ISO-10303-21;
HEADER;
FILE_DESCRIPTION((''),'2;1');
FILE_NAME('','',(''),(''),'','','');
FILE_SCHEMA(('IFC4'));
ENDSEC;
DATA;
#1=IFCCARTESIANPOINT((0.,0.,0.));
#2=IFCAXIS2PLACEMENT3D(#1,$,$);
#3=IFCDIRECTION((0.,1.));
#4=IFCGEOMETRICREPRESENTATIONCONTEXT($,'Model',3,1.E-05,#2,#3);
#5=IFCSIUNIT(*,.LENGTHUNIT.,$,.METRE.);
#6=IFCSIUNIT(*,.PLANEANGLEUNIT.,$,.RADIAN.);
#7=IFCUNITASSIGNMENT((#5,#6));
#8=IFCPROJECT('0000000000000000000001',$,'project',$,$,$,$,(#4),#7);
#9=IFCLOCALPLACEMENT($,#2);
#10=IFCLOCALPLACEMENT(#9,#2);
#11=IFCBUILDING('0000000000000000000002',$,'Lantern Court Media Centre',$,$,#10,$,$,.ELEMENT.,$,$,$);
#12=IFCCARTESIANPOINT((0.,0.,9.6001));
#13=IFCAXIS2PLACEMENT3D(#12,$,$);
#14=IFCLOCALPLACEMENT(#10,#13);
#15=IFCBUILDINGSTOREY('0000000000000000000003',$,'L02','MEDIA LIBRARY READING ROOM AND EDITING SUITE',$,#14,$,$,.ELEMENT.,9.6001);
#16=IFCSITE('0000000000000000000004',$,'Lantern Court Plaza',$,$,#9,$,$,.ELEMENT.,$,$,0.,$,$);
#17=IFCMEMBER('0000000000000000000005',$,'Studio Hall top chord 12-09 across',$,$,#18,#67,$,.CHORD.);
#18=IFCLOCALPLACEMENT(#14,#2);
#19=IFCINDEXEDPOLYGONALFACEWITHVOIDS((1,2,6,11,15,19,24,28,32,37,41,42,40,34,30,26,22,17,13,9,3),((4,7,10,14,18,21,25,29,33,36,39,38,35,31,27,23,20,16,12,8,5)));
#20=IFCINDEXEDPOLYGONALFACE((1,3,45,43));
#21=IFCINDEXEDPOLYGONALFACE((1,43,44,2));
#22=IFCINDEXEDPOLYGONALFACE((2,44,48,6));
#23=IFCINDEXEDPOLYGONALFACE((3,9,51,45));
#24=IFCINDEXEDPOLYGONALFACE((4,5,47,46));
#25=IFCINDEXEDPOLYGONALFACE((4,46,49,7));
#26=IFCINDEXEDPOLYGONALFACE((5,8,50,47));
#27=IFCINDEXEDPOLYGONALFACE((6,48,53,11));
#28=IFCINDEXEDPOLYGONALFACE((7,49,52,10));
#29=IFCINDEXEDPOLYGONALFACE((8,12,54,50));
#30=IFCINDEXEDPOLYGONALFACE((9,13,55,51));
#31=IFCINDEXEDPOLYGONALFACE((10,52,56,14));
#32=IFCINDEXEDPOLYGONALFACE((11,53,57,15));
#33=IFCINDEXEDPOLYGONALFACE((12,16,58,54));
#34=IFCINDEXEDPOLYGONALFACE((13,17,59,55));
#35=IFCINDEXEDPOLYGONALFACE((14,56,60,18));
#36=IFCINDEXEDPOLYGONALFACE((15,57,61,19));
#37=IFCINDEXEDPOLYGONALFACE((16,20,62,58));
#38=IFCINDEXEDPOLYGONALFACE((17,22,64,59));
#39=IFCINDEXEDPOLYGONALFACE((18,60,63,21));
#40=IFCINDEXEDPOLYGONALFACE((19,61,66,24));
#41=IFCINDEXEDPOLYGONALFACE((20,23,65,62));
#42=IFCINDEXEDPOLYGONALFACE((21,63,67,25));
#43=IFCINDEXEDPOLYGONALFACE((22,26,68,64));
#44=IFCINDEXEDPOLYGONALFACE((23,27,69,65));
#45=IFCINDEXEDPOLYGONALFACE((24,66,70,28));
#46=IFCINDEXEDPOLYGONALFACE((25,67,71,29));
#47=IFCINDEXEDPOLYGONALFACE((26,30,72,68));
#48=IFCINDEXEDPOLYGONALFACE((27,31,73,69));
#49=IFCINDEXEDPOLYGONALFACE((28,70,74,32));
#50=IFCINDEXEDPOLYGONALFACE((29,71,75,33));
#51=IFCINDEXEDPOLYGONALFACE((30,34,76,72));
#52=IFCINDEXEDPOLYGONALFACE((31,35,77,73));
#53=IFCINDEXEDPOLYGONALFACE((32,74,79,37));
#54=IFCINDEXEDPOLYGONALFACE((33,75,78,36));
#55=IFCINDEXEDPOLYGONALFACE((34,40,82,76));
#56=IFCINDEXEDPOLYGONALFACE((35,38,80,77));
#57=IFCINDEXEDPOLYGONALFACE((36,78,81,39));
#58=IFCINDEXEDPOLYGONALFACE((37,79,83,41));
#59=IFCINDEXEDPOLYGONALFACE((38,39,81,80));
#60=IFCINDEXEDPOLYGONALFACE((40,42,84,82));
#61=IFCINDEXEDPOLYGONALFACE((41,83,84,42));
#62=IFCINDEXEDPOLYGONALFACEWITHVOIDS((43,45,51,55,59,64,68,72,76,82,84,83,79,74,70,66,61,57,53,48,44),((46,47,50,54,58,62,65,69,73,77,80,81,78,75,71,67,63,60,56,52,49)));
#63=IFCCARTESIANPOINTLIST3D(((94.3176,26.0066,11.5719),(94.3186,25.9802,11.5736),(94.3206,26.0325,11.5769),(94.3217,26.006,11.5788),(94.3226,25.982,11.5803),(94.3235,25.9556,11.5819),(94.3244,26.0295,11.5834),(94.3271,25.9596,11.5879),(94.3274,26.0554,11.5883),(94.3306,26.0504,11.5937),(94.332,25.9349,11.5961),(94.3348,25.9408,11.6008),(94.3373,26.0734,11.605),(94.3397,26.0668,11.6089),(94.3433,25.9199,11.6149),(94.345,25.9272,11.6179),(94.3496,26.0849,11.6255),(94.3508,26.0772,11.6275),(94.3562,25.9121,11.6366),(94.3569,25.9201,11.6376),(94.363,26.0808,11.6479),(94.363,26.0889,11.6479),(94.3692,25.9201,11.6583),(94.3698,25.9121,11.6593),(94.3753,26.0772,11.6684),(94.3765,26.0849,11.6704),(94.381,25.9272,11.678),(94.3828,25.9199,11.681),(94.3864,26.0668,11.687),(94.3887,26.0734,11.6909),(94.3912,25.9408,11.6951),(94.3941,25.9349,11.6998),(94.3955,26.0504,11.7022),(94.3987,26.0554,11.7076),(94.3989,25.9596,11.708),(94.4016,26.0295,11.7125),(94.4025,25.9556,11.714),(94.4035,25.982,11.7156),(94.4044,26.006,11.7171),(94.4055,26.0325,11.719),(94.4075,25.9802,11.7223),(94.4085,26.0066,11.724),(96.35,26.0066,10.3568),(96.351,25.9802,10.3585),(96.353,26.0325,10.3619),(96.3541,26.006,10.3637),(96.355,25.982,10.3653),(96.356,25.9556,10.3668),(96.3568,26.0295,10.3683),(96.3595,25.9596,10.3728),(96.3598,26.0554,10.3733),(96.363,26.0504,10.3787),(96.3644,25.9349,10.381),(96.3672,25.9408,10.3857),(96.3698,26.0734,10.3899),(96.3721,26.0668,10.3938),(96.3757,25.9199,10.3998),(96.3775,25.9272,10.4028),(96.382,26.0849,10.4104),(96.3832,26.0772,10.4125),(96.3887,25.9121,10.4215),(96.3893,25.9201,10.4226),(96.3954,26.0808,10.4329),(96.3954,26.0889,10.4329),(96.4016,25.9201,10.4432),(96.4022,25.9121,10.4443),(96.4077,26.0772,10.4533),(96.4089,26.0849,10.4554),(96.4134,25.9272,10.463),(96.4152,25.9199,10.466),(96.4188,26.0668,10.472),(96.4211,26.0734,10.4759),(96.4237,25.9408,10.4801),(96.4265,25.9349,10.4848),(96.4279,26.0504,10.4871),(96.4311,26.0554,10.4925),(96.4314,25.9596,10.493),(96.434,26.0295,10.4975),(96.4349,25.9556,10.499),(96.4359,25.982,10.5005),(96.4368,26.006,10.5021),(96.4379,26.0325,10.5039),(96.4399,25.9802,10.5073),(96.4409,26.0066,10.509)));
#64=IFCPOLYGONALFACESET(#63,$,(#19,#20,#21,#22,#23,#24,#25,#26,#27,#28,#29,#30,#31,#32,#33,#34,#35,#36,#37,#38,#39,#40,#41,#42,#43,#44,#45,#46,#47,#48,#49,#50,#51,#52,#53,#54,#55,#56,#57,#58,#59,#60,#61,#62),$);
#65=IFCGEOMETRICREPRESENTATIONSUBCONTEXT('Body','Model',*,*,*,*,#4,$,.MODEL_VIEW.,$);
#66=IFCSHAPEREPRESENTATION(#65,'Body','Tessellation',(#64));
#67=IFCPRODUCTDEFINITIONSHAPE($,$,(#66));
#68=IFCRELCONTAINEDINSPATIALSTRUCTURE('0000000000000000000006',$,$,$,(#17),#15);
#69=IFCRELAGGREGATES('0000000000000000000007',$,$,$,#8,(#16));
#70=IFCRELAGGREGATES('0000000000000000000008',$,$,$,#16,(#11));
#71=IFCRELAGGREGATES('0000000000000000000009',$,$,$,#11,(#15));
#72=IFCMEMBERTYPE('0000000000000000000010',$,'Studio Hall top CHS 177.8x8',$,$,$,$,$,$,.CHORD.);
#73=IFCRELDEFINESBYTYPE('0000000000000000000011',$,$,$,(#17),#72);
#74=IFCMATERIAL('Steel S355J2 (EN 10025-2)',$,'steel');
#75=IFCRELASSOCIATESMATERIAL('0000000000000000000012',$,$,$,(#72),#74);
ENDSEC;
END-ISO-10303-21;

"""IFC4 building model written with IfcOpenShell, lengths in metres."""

from ifc_helpers import new_model, si_unit, direction, frame, origin, origin_2d, place, context, subcontext, project, spatial, hollow_circle, extrude, material, material_profile, profile_set, type_object, element, save


model = new_model("IFC4")

# Units and contexts
model_context = context("Model", 3, precision=1e-05, world=origin(), true_north=direction((0.0, 1.0)))
body_context = subcontext(model_context, "Body", "Model", "MODEL_VIEW")
ifc_project = project(units=[si_unit("LENGTHUNIT", "METRE"), si_unit("PLANEANGLEUNIT", "RADIAN")], contexts=[model_context])

# Site, building, storey
site_placement = place(None, origin())
site = spatial("IfcSite", under=ifc_project, at=site_placement, Name="Lantern Court Plaza", CompositionType="ELEMENT", RefElevation=0.0)
building_placement = place(site_placement, origin())
building = spatial("IfcBuilding", under=site, at=building_placement, Name="Lantern Court Media Centre", CompositionType="ELEMENT")
storey_placement = place(building_placement, frame((0.0, 0.0, 9.6001)))
storey = spatial("IfcBuildingStorey", under=building, at=storey_placement, Name="L02", Description="MEDIA LIBRARY READING ROOM AND EDITING SUITE", CompositionType="ELEMENT", Elevation=9.6001)

# Member
ifc_material = material(Name="Steel S355J2 (EN 10025-2)", Category="steel")
ifc_material_profile_1 = material_profile(ifc_material, hollow_circle(Radius=0.0889, WallThickness=0.0081, at=origin_2d()), Name="Studio Hall top CHS 177.8x8")
ifc_profile_set_1 = profile_set([ifc_material_profile_1], Name="Steel S355J2 (EN 10025-2)")
member_type_1 = type_object("IfcMemberType", Name="Studio Hall top CHS 177.8x8", PredefinedType="CHORD", material=ifc_profile_set_1)
for number, where, z_axis, x_axis, name in (
    (1, (94.363, 26.0, 11.6479), (0.858311, 0.0, -0.513131), (0.0, 1.0, 0.0), "Studio Hall top chord 12-09 across"),
):
    element("IfcMember", number, at=place(storey_placement, frame(where, z_axis=z_axis, x_axis=x_axis)), inside=storey, type_object=member_type_1, Name=name, PredefinedType="CHORD", context=body_context, shape_type="SweptSolid", body=[
        extrude(hollow_circle(Radius=0.0889, WallThickness=0.0081, at=origin_2d()), origin(), (0.0, 0.0, 1.0), 2.3679),
    ])

save(model, "model.ifc")
